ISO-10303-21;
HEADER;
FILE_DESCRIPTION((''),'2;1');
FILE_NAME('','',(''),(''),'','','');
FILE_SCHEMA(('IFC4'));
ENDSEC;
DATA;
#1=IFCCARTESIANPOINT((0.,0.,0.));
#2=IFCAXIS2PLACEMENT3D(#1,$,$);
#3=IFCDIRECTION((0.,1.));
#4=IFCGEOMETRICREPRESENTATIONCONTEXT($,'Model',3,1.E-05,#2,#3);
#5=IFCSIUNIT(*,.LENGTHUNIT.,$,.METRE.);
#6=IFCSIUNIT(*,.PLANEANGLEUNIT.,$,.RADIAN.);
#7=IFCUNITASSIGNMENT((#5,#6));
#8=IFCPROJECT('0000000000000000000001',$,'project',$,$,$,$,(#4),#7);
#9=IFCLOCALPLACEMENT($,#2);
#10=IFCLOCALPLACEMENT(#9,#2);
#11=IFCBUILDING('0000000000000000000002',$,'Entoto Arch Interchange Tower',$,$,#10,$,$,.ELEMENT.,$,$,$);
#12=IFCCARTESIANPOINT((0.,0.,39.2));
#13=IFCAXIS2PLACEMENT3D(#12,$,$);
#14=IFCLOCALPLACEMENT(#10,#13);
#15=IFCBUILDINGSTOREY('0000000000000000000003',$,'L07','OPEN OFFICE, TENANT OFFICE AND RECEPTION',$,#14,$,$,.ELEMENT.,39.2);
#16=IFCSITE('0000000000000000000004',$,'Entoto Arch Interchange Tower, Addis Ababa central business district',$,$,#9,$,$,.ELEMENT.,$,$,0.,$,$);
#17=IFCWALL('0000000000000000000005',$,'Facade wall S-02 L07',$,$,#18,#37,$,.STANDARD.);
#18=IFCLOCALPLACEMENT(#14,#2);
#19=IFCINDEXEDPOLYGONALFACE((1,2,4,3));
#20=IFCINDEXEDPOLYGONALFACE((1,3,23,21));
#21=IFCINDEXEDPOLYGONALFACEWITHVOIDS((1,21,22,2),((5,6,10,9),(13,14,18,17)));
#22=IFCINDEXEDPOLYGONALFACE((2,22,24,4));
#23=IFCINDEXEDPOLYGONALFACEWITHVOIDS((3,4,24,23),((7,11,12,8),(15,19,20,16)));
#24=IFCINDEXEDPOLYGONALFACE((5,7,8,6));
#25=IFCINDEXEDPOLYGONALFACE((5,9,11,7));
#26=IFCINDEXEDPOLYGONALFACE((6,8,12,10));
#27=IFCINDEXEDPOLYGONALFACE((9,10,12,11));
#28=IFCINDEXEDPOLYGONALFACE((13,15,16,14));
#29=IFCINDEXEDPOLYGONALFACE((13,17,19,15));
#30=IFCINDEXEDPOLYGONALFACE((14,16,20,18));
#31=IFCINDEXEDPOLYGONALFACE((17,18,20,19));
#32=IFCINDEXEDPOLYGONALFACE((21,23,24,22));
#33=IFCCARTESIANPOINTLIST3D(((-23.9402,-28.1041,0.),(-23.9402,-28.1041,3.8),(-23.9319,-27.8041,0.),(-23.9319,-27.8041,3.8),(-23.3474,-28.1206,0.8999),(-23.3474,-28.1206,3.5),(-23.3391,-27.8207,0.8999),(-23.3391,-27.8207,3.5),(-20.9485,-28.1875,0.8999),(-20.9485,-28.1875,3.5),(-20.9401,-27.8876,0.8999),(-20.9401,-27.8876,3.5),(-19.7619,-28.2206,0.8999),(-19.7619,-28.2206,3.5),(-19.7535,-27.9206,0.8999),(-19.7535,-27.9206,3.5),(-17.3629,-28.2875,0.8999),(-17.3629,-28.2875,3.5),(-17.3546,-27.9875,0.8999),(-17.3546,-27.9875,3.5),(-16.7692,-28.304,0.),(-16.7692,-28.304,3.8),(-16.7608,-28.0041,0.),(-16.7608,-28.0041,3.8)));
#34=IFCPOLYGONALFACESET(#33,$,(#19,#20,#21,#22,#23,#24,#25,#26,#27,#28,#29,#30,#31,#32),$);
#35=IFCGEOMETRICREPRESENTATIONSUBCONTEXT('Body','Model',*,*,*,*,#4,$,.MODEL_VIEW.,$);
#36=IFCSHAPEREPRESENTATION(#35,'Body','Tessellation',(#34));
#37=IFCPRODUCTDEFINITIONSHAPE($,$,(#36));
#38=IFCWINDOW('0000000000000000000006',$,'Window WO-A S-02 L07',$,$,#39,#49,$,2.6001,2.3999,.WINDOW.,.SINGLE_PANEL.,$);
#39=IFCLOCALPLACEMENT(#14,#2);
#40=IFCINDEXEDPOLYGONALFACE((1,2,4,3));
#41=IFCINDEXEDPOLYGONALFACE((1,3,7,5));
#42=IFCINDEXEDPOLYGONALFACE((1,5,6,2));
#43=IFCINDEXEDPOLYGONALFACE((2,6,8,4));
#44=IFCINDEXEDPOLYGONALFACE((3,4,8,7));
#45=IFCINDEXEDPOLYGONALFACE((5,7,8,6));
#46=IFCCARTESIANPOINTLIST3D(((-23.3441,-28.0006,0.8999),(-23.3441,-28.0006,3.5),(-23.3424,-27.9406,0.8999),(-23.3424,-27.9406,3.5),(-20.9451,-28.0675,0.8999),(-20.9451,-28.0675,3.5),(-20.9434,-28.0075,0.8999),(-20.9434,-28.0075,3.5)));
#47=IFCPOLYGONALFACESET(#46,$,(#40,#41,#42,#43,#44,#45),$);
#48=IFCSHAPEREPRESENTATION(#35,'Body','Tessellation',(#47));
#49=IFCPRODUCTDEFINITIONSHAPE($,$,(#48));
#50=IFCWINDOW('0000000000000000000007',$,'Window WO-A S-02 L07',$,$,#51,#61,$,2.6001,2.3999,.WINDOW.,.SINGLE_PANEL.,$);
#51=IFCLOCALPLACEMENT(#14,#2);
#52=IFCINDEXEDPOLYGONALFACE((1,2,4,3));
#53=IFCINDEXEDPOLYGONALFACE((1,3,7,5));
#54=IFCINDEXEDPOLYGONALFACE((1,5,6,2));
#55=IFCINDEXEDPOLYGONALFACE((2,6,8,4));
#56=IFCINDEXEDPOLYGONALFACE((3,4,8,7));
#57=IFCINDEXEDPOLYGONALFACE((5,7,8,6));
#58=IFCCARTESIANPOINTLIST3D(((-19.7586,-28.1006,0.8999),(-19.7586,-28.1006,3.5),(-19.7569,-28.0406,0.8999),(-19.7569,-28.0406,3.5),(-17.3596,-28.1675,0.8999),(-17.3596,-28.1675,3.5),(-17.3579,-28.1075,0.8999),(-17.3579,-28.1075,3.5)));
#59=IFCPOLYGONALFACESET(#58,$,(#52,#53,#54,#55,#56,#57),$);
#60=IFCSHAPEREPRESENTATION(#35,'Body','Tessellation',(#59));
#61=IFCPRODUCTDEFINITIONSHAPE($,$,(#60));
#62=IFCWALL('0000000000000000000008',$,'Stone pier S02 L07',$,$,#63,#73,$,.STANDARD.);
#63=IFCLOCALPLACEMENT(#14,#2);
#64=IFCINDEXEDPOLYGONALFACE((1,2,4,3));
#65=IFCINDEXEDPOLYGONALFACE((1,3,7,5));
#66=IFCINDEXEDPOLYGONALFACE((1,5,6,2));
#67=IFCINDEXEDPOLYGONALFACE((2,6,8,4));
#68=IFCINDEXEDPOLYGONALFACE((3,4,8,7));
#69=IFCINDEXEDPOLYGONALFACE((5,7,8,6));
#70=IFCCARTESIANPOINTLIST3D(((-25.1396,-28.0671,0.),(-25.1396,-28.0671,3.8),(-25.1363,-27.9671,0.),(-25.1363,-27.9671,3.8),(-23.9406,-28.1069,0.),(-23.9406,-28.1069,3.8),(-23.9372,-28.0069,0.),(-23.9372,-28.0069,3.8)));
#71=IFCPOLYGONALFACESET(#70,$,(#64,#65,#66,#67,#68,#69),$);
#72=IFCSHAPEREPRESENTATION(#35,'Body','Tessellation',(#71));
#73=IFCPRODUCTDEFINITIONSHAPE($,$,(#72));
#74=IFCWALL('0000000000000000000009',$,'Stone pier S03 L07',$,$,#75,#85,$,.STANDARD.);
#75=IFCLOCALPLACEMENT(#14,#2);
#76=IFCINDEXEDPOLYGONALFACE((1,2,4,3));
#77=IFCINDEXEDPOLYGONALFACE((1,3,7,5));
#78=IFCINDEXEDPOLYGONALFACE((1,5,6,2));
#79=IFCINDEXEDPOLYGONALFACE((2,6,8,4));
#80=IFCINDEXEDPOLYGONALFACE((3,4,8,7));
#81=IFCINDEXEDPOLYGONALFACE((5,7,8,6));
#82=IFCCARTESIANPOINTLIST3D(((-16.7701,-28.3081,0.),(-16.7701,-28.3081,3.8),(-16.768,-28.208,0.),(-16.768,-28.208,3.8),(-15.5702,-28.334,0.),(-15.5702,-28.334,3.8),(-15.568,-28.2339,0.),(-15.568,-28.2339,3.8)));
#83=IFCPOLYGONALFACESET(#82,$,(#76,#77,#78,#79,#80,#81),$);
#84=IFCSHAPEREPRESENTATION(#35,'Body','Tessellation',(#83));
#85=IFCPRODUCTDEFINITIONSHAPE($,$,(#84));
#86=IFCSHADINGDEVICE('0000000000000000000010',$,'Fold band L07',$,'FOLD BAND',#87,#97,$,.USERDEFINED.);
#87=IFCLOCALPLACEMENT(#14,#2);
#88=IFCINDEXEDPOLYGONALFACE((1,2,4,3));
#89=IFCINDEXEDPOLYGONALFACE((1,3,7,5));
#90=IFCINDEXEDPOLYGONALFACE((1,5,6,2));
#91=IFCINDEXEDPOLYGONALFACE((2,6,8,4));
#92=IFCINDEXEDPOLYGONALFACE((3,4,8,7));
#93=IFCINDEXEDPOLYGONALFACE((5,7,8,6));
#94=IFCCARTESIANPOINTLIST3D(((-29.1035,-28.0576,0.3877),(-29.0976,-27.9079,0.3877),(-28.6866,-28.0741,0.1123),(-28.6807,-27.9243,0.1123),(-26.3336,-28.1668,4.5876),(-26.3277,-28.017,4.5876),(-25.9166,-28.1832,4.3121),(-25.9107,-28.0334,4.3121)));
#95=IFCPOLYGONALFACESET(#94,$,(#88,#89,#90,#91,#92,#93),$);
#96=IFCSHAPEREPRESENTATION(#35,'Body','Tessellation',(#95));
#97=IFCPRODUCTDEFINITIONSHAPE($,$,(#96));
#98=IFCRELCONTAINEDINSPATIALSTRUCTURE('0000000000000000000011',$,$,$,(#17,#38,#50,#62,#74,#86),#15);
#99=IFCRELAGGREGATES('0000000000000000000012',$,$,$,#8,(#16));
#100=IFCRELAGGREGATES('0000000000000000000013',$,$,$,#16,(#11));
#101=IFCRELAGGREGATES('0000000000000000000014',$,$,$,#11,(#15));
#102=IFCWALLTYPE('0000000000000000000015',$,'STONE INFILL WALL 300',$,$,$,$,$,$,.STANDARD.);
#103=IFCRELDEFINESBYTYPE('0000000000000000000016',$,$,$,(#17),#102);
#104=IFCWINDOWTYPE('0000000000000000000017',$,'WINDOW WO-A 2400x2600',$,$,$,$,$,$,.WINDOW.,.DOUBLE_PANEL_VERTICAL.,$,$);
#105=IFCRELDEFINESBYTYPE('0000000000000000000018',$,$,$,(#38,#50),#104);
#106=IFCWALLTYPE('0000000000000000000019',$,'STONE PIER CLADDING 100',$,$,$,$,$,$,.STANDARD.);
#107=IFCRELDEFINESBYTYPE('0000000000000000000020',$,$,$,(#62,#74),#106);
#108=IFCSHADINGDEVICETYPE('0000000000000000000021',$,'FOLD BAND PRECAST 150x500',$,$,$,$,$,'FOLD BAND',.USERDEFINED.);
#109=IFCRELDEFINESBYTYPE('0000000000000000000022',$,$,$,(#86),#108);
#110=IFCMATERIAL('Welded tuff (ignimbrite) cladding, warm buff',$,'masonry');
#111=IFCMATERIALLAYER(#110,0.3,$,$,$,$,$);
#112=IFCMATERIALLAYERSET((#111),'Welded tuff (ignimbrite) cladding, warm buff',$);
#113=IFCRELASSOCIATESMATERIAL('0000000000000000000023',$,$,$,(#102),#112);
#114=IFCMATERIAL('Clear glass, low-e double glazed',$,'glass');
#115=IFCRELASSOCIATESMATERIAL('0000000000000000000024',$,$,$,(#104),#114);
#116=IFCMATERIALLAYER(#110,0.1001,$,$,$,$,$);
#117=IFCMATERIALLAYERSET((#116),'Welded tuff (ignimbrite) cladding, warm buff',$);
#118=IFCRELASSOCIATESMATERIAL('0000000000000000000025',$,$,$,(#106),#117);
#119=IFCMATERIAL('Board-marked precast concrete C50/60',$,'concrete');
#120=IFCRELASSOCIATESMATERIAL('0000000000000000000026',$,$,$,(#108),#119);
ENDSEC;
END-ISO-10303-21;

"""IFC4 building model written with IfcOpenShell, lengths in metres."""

from ifc_helpers import new_model, si_unit, direction, frame, frame_2d, origin, origin_2d, place, context, subcontext, project, spatial, rectangle, extrude, material, layer, layer_set, material_profile, profile_set, type_object, element, fill, save


model = new_model("IFC4")

# Units and contexts
model_context = context("Model", 3, precision=1e-05, world=origin(), true_north=direction((0.0, 1.0)))
body_context = subcontext(model_context, "Body", "Model", "MODEL_VIEW")
ifc_project = project(units=[si_unit("LENGTHUNIT", "METRE"), si_unit("PLANEANGLEUNIT", "RADIAN")], contexts=[model_context])

# Site, building, storey
site_placement = place(None, origin())
site = spatial("IfcSite", under=ifc_project, at=site_placement, Name="Entoto Arch Interchange Tower, Addis Ababa central business district", CompositionType="ELEMENT", RefElevation=0.0)
building_placement = place(site_placement, origin())
building = spatial("IfcBuilding", under=site, at=building_placement, Name="Entoto Arch Interchange Tower", CompositionType="ELEMENT")
storey_placement = place(building_placement, frame((0.0, 0.0, 39.2)))
storey = spatial("IfcBuildingStorey", under=building, at=storey_placement, Name="L07", Description="OPEN OFFICE, TENANT OFFICE AND RECEPTION", CompositionType="ELEMENT", Elevation=39.2)

# Shared definitions
ifc_material_1 = material(Name="Board-marked precast concrete C50/60", Category="concrete")

# Wall, openings, windows
ifc_material_2 = material(Name="Welded tuff (ignimbrite) cladding, warm buff", Category="masonry")
ifc_layer_1 = layer(ifc_material_2, 0.3)
ifc_layer_set_1 = layer_set([ifc_layer_1], Name="Welded tuff (ignimbrite) cladding, warm buff")
wall_type_1 = type_object("IfcWallType", Name="STONE INFILL WALL 300", PredefinedType="STANDARD", material=ifc_layer_set_1)
wall_1_placement = place(storey_placement, frame((-23.936, -27.9541, 0.0), z_axis=(0.0, 0.0, 1.0), x_axis=(0.999612, -0.027872, 0.0)))
wall_1 = element("IfcWall", 1, at=wall_1_placement, inside=storey, type_object=wall_type_1, Name="Facade wall S-02 L07", PredefinedType="STANDARD", context=body_context, shape_type="SweptSolid", body=[
    extrude(rectangle(XDim=7.1738, YDim=0.3, at=frame_2d((3.5869, 0.0))), origin(), (0.0, 0.0, 1.0), 3.8),
])
opening_1_placement = place(wall_1_placement, frame((0.593, 0.0, 0.8999)))
opening_1 = element("IfcOpeningElement", 2, at=opening_1_placement, cuts=wall_1, PredefinedType="OPENING", context=body_context, shape_type="SweptSolid", body=[
    extrude(rectangle(XDim=2.3999, YDim=2.6001, at=frame_2d((1.2, 1.3))), frame((0.0, 0.1602, 0.0), z_axis=(0.0, -1.0, 0.0), x_axis=(1.0, 0.0, 0.0)), (0.0, 0.0, 1.0), 0.3201),
])
opening_2_placement = place(wall_1_placement, frame((4.1799, 0.0, 0.8999)))
opening_2 = element("IfcOpeningElement", 3, at=opening_2_placement, cuts=wall_1, PredefinedType="OPENING", context=body_context, shape_type="SweptSolid", body=[
    extrude(rectangle(XDim=2.3999, YDim=2.6001, at=frame_2d((1.2, 1.3))), frame((0.0, 0.1602, 0.0), z_axis=(0.0, -1.0, 0.0), x_axis=(1.0, 0.0, 0.0)), (0.0, 0.0, 1.0), 0.3201),
])
ifc_material_3 = material(Name="Clear glass, low-e double glazed", Category="glass")
window_type = type_object("IfcWindowType", Name="WINDOW WO-A 2400x2600", PartitioningType="DOUBLE_PANEL_VERTICAL", PredefinedType="WINDOW", material=ifc_material_3)
window_1_placement = place(opening_1_placement, origin())
window_1 = element("IfcWindow", 4, at=window_1_placement, inside=storey, type_object=window_type, Name="Window WO-A S-02 L07", OverallHeight=2.6001, OverallWidth=2.3999, PartitioningType="SINGLE_PANEL", PredefinedType="WINDOW", context=body_context, shape_type="SweptSolid", body=[
    extrude(rectangle(XDim=2.3999, YDim=2.6001, at=frame_2d((1.2, 1.3))), frame((0.0, 0.03, 0.0), z_axis=(0.0, -1.0, 0.0), x_axis=(1.0, 0.0, 0.0)), (0.0, 0.0, 1.0), 0.0601),
])
fill(opening_1, window_1)
window_2_placement = place(opening_2_placement, origin())
window_2 = element("IfcWindow", 5, at=window_2_placement, inside=storey, type_object=window_type, Name="Window WO-A S-02 L07", OverallHeight=2.6001, OverallWidth=2.3999, PartitioningType="SINGLE_PANEL", PredefinedType="WINDOW", context=body_context, shape_type="SweptSolid", body=[
    extrude(rectangle(XDim=2.3999, YDim=2.6001, at=frame_2d((1.2, 1.3))), frame((0.0, 0.03, 0.0), z_axis=(0.0, -1.0, 0.0), x_axis=(1.0, 0.0, 0.0)), (0.0, 0.0, 1.0), 0.0601),
])
fill(opening_2, window_2)

# Walls
ifc_layer_2 = layer(ifc_material_2, 0.1001)
ifc_layer_set_2 = layer_set([ifc_layer_2], Name="Welded tuff (ignimbrite) cladding, warm buff")
wall_type_2 = type_object("IfcWallType", Name="STONE PIER CLADDING 100", PredefinedType="STANDARD", material=ifc_layer_set_2)
wall_2_placement = place(storey_placement, frame((-25.1379, -28.0171, 0.0), z_axis=(0.0, 0.0, 1.0), x_axis=(0.99945, -0.033173, 0.0)))
element("IfcWall", 6, at=wall_2_placement, inside=storey, type_object=wall_type_2, Name="Stone pier S02 L07", PredefinedType="STANDARD", context=body_context, shape_type="SweptSolid", body=[
    extrude(rectangle(XDim=1.1997, YDim=0.1001, at=frame_2d((0.5999, 0.0))), origin(), (0.0, 0.0, 1.0), 3.8),
])
wall_3_placement = place(storey_placement, frame((-16.769, -28.2581, 0.0), z_axis=(0.0, 0.0, 1.0), x_axis=(0.999768, -0.021562, 0.0)))
element("IfcWall", 7, at=wall_3_placement, inside=storey, type_object=wall_type_2, Name="Stone pier S03 L07", PredefinedType="STANDARD", context=body_context, shape_type="SweptSolid", body=[
    extrude(rectangle(XDim=1.2002, YDim=0.1001, at=frame_2d((0.6001, 0.0))), origin(), (0.0, 0.0, 1.0), 3.8),
])

# Shading device
ifc_material_profile_1 = material_profile(ifc_material_1, rectangle(XDim=0.1499, YDim=0.5, at=origin_2d()))
ifc_profile_set_1 = profile_set([ifc_material_profile_1], Name="Board-marked precast concrete C50/60")
shading_device_type = type_object("IfcShadingDeviceType", Name="FOLD BAND PRECAST 150x500", ElementType="FOLD BAND", PredefinedType="USERDEFINED", material=ifc_profile_set_1)
shading_device_placement = place(storey_placement, frame((-28.8921, -27.991, 0.25), z_axis=(0.550443, -0.021686, 0.834591), x_axis=(0.039367, 0.999225, 0.0)))
element("IfcShadingDevice", 8, at=shading_device_placement, inside=storey, type_object=shading_device_type, Name="Fold band L07", ObjectType="FOLD BAND", PredefinedType="USERDEFINED", context=body_context, shape_type="SweptSolid", body=[
    extrude(rectangle(XDim=0.1499, YDim=0.5, at=origin_2d()), origin(), (0.0, 0.0, 1.0), 5.0322),
])

save(model, "model.ifc")
